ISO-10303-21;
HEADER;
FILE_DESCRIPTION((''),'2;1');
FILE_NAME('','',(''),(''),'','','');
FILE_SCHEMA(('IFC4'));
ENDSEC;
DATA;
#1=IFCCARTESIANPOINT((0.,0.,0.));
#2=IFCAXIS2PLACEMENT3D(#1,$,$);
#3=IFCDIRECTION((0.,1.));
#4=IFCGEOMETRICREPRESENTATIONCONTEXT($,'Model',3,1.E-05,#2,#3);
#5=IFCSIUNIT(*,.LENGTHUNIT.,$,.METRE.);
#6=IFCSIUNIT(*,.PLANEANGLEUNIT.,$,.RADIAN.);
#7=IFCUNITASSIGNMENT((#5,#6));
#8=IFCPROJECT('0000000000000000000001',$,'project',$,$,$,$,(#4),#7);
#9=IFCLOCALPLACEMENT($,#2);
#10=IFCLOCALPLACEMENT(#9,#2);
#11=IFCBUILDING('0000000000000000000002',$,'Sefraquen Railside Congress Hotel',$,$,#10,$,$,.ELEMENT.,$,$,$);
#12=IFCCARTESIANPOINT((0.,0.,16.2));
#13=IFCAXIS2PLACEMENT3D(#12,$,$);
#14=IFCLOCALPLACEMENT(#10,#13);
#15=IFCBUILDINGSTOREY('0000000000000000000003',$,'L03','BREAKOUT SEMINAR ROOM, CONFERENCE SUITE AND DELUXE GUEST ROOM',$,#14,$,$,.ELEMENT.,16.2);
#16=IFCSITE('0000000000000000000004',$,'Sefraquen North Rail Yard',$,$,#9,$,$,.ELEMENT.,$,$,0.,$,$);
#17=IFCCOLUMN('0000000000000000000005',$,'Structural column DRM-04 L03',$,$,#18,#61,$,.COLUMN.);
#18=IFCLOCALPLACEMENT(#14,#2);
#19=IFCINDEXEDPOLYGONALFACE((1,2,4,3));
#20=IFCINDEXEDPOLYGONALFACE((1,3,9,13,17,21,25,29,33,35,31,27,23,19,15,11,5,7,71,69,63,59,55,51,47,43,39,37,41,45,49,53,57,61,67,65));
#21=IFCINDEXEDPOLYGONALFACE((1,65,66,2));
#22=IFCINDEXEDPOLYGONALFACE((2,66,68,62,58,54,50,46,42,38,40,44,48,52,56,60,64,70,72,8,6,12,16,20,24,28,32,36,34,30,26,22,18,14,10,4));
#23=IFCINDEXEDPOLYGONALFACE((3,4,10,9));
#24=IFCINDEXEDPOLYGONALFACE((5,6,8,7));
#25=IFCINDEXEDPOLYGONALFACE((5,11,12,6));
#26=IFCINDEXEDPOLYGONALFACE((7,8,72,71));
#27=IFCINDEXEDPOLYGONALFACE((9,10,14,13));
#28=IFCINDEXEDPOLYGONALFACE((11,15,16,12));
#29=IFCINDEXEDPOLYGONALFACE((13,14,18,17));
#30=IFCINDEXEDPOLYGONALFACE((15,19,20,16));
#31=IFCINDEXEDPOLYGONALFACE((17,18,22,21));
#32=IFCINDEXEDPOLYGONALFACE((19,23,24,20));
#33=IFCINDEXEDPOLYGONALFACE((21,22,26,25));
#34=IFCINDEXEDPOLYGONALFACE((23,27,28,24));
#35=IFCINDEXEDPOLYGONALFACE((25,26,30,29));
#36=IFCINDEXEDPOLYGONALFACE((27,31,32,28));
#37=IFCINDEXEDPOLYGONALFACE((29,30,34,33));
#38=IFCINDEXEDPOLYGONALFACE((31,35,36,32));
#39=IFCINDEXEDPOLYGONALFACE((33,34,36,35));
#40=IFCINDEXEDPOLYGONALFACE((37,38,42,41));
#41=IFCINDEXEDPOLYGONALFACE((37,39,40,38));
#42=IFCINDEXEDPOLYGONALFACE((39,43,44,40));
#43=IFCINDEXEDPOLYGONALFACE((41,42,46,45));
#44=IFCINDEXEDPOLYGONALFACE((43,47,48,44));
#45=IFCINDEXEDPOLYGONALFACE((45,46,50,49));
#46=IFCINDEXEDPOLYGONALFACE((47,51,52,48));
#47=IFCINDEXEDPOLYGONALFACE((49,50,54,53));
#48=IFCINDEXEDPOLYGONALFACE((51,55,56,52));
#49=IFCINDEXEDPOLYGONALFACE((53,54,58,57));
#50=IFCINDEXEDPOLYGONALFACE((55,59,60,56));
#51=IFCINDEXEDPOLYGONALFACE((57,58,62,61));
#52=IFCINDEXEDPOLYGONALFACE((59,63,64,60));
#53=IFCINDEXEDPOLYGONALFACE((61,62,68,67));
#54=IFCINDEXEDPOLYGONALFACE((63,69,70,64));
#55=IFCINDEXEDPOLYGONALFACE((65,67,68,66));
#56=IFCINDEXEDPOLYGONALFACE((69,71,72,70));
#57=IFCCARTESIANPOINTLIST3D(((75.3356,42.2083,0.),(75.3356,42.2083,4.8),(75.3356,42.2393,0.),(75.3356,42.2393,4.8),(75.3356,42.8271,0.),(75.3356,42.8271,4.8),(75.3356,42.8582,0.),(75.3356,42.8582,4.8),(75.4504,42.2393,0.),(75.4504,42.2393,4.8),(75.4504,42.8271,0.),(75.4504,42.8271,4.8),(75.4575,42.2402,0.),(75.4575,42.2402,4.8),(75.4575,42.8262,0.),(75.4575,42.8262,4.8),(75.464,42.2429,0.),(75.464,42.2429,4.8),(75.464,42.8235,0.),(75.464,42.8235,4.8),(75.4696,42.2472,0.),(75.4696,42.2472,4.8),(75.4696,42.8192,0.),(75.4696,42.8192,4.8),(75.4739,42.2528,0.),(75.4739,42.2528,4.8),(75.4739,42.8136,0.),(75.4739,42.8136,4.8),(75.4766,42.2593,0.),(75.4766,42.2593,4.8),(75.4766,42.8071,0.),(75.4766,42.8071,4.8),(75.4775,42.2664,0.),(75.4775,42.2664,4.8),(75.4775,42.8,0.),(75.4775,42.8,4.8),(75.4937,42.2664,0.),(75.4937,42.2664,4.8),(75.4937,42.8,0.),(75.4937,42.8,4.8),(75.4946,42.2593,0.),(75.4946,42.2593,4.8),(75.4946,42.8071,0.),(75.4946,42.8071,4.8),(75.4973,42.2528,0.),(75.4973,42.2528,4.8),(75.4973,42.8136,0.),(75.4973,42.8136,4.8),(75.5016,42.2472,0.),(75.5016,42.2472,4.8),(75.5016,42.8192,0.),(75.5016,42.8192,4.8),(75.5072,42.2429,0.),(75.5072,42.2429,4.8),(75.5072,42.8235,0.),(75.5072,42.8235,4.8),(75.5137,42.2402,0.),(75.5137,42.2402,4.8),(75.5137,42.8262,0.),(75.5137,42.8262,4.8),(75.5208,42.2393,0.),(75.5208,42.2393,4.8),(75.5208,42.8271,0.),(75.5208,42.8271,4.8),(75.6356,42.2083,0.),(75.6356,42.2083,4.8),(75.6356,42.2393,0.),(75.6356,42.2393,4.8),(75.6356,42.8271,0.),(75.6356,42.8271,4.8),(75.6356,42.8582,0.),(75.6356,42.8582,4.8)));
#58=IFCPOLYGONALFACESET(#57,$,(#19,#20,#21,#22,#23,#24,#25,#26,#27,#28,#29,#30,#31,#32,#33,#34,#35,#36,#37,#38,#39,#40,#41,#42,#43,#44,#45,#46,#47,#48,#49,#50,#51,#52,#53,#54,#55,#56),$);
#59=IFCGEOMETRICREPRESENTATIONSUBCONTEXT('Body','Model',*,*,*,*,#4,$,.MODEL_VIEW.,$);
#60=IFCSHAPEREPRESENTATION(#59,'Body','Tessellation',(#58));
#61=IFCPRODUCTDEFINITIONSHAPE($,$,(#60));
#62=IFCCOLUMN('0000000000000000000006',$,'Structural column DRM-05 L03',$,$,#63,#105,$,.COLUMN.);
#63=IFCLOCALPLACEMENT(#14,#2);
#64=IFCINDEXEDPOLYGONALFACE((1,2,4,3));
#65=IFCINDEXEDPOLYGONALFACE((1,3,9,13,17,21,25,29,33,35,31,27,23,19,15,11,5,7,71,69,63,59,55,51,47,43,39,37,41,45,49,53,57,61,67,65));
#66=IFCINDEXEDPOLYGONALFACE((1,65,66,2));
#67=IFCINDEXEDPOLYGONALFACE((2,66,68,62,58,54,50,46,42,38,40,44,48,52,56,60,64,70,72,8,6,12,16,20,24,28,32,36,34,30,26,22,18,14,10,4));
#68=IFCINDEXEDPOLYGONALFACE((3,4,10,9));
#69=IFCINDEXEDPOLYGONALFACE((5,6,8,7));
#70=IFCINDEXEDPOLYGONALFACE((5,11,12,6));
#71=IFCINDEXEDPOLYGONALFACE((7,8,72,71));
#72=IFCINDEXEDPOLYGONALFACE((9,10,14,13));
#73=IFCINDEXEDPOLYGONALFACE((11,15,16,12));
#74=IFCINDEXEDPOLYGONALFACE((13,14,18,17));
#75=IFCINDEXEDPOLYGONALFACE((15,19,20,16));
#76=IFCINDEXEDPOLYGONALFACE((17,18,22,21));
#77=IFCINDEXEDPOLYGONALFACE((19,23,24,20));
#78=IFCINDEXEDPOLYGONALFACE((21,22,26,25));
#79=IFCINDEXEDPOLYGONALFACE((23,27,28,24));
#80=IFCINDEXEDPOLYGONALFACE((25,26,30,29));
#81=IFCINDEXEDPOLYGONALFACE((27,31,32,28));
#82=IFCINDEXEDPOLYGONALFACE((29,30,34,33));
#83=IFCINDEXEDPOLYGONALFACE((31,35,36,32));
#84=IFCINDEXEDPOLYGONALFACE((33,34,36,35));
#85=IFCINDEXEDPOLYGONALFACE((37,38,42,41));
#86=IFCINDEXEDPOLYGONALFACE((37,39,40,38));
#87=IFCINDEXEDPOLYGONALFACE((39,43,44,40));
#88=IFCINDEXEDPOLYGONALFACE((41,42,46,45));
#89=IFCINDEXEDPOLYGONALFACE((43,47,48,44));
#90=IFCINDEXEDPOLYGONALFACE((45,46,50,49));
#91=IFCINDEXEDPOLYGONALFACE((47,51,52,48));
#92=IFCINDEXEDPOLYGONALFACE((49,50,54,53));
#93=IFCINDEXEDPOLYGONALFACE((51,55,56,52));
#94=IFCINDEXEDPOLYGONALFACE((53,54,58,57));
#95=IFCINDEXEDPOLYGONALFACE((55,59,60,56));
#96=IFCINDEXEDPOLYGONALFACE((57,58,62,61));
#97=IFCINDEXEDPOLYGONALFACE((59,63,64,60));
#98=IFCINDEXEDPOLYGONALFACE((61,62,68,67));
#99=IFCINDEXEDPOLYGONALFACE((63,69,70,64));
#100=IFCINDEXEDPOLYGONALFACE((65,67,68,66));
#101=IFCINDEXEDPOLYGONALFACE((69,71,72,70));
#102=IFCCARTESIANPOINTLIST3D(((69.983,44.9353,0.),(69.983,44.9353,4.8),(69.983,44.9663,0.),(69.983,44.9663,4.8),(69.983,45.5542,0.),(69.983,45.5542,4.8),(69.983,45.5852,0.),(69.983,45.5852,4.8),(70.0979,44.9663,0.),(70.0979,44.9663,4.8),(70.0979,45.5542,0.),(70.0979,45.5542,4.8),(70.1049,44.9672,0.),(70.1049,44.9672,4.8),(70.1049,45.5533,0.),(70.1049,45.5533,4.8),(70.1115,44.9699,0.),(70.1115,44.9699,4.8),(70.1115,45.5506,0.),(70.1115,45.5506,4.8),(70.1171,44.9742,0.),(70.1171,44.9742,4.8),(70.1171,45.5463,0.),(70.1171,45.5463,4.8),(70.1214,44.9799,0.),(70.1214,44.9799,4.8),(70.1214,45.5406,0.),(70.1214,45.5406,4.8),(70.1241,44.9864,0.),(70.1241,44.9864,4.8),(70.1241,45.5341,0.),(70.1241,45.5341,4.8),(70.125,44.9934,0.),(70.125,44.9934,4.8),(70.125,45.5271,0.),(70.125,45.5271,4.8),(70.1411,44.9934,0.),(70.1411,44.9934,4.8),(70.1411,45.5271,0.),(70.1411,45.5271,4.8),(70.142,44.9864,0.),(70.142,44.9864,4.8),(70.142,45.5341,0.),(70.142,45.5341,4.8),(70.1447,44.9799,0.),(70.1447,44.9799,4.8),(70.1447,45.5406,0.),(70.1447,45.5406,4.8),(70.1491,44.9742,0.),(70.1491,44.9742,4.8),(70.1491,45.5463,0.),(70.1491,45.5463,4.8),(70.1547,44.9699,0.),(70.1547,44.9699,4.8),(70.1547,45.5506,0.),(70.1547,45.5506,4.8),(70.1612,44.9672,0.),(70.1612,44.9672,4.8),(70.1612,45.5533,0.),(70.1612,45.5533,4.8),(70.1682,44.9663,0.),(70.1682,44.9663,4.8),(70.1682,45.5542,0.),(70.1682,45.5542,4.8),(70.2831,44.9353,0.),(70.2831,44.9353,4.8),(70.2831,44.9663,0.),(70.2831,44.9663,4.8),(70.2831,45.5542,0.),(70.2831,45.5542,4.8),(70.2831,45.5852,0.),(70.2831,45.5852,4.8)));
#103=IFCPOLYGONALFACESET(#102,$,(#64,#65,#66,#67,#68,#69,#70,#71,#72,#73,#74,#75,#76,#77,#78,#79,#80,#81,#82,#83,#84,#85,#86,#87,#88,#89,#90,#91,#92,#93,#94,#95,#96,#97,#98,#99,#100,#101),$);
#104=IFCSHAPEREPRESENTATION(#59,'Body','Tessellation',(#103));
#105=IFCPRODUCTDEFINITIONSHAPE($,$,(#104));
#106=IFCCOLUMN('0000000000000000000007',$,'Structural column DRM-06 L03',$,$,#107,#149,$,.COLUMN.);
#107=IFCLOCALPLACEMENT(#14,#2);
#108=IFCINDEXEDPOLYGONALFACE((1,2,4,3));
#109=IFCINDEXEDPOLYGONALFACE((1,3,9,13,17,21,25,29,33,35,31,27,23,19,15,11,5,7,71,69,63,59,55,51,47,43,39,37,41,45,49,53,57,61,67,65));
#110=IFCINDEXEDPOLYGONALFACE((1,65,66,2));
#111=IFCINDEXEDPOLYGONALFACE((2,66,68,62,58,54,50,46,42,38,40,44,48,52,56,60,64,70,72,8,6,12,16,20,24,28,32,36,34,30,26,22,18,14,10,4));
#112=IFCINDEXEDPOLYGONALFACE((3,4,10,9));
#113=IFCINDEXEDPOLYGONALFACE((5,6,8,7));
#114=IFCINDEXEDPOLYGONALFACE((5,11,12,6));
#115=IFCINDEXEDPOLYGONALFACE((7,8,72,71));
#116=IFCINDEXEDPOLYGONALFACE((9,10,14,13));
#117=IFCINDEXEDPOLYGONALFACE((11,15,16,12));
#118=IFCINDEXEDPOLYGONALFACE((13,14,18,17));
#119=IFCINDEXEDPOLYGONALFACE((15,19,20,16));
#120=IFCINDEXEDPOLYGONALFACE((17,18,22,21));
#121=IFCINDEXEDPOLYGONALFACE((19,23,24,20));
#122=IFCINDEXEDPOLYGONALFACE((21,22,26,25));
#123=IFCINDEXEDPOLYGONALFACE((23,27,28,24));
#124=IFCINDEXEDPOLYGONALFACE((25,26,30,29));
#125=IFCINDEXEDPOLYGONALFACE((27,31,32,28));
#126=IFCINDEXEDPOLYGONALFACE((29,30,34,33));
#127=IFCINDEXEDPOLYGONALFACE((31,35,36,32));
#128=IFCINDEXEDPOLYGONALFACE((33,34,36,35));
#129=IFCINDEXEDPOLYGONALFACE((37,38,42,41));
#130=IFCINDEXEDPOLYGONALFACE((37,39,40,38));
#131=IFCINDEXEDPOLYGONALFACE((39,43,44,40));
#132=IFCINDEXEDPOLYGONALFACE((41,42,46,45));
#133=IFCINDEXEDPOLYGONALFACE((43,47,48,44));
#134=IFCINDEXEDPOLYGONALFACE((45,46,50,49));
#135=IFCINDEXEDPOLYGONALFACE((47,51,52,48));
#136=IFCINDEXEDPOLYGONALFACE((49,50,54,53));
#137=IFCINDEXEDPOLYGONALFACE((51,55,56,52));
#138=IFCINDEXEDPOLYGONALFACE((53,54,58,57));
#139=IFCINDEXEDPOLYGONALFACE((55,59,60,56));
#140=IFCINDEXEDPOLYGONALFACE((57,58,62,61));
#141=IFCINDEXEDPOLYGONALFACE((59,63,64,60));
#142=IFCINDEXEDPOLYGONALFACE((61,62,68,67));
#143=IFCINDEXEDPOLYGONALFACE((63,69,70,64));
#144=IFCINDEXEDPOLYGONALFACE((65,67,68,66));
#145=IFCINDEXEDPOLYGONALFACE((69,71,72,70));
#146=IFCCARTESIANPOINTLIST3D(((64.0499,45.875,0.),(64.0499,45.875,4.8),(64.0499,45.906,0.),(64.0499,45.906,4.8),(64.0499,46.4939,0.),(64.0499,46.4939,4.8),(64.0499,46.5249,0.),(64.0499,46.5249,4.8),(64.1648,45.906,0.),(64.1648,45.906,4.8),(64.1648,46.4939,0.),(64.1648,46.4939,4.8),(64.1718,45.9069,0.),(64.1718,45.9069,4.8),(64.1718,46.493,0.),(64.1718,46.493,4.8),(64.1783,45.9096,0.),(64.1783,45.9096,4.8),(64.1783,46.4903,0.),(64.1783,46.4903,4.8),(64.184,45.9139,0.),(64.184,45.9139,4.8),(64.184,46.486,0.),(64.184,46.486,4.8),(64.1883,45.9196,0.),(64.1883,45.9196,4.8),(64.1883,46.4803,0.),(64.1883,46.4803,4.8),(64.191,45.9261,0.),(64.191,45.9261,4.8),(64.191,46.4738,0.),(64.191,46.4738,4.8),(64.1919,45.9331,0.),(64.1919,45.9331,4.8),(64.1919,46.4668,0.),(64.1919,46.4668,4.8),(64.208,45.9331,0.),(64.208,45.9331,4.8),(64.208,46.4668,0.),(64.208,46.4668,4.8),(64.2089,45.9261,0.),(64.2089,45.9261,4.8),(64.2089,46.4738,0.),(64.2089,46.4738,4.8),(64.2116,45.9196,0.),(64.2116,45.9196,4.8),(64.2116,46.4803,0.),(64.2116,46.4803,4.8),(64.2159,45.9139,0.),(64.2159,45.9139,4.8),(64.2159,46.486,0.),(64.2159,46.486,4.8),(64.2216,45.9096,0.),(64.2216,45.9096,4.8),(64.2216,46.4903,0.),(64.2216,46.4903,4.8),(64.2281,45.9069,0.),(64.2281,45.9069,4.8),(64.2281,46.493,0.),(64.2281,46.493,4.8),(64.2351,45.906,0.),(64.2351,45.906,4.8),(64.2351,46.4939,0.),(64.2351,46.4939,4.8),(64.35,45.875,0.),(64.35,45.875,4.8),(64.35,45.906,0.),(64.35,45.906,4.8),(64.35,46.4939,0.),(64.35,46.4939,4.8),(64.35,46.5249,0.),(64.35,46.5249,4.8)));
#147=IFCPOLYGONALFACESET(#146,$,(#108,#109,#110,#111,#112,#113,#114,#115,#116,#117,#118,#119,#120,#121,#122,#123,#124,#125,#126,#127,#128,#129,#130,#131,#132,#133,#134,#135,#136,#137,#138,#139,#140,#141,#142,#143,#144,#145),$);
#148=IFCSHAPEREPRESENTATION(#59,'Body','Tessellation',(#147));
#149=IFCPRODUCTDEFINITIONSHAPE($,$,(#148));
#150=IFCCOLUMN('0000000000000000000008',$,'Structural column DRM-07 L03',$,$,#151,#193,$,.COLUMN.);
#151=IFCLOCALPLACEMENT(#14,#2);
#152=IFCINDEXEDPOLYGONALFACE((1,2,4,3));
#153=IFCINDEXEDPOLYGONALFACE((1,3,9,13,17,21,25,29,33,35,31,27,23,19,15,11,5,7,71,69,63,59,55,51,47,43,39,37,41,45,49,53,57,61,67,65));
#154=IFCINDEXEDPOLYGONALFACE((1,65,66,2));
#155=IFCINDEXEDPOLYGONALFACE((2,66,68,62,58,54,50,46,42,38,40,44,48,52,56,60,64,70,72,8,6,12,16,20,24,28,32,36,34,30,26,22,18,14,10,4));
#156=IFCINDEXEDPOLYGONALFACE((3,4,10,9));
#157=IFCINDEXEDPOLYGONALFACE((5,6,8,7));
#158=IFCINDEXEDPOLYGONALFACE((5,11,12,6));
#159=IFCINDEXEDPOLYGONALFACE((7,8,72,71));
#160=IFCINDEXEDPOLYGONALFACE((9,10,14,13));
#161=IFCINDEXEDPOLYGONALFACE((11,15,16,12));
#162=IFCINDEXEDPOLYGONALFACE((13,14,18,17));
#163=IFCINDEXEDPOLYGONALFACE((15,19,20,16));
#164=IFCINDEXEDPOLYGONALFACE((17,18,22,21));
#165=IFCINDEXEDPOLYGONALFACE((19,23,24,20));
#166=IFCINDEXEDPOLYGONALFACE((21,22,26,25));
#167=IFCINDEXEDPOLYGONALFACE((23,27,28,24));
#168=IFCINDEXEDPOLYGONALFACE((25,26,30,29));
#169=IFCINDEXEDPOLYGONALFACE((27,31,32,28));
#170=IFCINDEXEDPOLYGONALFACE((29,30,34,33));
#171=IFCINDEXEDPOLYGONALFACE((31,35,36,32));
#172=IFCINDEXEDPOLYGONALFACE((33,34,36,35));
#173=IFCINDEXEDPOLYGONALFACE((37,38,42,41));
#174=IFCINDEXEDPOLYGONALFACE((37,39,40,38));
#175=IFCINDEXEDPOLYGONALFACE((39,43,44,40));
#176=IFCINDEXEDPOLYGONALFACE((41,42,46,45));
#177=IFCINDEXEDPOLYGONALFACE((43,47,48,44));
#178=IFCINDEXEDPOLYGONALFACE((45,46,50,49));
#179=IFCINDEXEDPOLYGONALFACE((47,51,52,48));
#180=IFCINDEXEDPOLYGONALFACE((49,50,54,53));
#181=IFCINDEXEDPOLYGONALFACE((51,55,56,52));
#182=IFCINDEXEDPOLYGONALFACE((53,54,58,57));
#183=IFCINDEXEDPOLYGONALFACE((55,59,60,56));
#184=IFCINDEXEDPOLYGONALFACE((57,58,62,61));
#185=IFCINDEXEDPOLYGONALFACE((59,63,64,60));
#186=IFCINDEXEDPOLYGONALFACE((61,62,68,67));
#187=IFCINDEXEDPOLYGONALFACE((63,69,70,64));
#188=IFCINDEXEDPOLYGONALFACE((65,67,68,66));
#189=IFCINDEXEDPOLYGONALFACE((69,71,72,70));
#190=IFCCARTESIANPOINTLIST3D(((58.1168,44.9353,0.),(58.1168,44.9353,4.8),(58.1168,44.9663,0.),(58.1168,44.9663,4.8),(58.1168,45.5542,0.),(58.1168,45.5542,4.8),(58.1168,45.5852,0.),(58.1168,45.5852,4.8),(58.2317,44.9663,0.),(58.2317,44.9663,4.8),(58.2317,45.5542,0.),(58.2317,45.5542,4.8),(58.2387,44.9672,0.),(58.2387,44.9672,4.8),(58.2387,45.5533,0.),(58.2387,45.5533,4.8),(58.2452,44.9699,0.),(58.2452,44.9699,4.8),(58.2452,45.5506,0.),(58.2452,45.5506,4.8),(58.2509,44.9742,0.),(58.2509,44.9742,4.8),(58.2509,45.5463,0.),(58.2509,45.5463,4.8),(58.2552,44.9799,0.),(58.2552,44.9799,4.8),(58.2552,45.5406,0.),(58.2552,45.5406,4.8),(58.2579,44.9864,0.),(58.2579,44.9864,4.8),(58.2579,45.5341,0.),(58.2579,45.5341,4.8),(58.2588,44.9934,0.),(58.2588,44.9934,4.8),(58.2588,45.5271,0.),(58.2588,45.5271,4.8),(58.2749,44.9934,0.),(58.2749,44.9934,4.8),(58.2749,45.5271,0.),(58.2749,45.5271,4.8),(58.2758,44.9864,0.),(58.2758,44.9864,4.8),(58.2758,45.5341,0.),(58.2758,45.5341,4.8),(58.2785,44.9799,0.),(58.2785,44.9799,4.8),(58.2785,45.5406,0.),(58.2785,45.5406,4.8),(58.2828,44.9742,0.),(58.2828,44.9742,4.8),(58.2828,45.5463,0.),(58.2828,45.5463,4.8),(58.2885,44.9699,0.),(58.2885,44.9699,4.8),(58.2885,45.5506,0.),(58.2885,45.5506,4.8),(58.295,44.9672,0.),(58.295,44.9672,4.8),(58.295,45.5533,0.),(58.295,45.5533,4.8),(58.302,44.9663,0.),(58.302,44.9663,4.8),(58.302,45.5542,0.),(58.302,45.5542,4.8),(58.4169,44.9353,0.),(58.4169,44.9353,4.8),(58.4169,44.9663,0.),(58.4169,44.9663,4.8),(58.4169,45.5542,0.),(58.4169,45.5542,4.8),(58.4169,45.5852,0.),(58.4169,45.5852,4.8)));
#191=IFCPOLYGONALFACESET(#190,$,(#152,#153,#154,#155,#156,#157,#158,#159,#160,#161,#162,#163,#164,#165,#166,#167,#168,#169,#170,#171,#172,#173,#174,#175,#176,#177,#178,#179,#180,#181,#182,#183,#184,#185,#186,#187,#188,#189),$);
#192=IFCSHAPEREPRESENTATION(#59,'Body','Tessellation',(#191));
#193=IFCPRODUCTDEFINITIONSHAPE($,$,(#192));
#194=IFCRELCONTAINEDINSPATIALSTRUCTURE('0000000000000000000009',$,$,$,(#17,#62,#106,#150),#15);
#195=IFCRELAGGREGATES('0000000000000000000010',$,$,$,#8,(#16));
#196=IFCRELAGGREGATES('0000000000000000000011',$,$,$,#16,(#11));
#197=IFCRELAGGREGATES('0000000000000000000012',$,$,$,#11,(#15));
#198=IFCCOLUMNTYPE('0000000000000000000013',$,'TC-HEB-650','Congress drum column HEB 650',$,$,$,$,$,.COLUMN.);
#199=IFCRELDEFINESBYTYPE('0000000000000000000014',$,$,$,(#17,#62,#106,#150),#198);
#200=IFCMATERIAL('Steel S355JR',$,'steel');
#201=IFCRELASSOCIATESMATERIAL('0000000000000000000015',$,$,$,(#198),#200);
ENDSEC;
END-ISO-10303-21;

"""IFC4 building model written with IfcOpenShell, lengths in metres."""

from ifc_helpers import new_model, si_unit, direction, frame, origin, origin_2d, place, context, subcontext, project, spatial, i_section, extrude, material, material_profile, profile_set, type_object, element, save


model = new_model("IFC4")

# Units and contexts
model_context = context("Model", 3, precision=1e-05, world=origin(), true_north=direction((0.0, 1.0)))
body_context = subcontext(model_context, "Body", "Model", "MODEL_VIEW")
ifc_project = project(units=[si_unit("LENGTHUNIT", "METRE"), si_unit("PLANEANGLEUNIT", "RADIAN")], contexts=[model_context])

# Site, building, storey
site_placement = place(None, origin())
site = spatial("IfcSite", under=ifc_project, at=site_placement, Name="Sefraquen North Rail Yard", CompositionType="ELEMENT", RefElevation=0.0)
building_placement = place(site_placement, origin())
building = spatial("IfcBuilding", under=site, at=building_placement, Name="Sefraquen Railside Congress Hotel", CompositionType="ELEMENT")
storey_placement = place(building_placement, frame((0.0, 0.0, 16.2)))
storey = spatial("IfcBuildingStorey", under=building, at=storey_placement, Name="L03", Description="BREAKOUT SEMINAR ROOM, CONFERENCE SUITE AND DELUXE GUEST ROOM", CompositionType="ELEMENT", Elevation=16.2)

# Columns
ifc_material_1 = material(Name="Steel S355JR", Category="steel")
ifc_material_profile_1 = material_profile(ifc_material_1, i_section(OverallWidth=0.3, OverallDepth=0.6499, WebThickness=0.0161, FlangeThickness=0.031, FilletRadius=0.0271, at=origin_2d()), Name="HEB 650")
ifc_profile_set_1 = profile_set([ifc_material_profile_1], Name="Steel S355JR")
column_type = type_object("IfcColumnType", Name="TC-HEB-650", Description="Congress drum column HEB 650", PredefinedType="COLUMN", material=ifc_profile_set_1)
for number, where, z_axis, x_axis, name in (
    (1, (75.4856, 42.5332, 0.0), (0.0, 0.0, 1.0), (1.0, 0.0, 0.0), "Structural column DRM-04 L03"),
    (2, (70.1331, 45.2603, 0.0), (0.0, 0.0, 1.0), (1.0, 0.0, 0.0), "Structural column DRM-05 L03"),
    (3, (64.2, 46.2, 0.0), (0.0, 0.0, 1.0), (1.0, 0.0, 0.0), "Structural column DRM-06 L03"),
    (4, (58.2668, 45.2603, 0.0), (0.0, 0.0, 1.0), (1.0, 0.0, 0.0), "Structural column DRM-07 L03"),
):
    element("IfcColumn", number, at=place(storey_placement, frame(where, z_axis=z_axis, x_axis=x_axis)), inside=storey, type_object=column_type, Name=name, PredefinedType="COLUMN", context=body_context, shape_type="SweptSolid", body=[
        extrude(i_section(OverallWidth=0.3, OverallDepth=0.6499, WebThickness=0.0161, FlangeThickness=0.031, FilletRadius=0.0271, at=origin_2d()), origin(), (0.0, 0.0, 1.0), 4.8),
    ])

save(model, "model.ifc")
